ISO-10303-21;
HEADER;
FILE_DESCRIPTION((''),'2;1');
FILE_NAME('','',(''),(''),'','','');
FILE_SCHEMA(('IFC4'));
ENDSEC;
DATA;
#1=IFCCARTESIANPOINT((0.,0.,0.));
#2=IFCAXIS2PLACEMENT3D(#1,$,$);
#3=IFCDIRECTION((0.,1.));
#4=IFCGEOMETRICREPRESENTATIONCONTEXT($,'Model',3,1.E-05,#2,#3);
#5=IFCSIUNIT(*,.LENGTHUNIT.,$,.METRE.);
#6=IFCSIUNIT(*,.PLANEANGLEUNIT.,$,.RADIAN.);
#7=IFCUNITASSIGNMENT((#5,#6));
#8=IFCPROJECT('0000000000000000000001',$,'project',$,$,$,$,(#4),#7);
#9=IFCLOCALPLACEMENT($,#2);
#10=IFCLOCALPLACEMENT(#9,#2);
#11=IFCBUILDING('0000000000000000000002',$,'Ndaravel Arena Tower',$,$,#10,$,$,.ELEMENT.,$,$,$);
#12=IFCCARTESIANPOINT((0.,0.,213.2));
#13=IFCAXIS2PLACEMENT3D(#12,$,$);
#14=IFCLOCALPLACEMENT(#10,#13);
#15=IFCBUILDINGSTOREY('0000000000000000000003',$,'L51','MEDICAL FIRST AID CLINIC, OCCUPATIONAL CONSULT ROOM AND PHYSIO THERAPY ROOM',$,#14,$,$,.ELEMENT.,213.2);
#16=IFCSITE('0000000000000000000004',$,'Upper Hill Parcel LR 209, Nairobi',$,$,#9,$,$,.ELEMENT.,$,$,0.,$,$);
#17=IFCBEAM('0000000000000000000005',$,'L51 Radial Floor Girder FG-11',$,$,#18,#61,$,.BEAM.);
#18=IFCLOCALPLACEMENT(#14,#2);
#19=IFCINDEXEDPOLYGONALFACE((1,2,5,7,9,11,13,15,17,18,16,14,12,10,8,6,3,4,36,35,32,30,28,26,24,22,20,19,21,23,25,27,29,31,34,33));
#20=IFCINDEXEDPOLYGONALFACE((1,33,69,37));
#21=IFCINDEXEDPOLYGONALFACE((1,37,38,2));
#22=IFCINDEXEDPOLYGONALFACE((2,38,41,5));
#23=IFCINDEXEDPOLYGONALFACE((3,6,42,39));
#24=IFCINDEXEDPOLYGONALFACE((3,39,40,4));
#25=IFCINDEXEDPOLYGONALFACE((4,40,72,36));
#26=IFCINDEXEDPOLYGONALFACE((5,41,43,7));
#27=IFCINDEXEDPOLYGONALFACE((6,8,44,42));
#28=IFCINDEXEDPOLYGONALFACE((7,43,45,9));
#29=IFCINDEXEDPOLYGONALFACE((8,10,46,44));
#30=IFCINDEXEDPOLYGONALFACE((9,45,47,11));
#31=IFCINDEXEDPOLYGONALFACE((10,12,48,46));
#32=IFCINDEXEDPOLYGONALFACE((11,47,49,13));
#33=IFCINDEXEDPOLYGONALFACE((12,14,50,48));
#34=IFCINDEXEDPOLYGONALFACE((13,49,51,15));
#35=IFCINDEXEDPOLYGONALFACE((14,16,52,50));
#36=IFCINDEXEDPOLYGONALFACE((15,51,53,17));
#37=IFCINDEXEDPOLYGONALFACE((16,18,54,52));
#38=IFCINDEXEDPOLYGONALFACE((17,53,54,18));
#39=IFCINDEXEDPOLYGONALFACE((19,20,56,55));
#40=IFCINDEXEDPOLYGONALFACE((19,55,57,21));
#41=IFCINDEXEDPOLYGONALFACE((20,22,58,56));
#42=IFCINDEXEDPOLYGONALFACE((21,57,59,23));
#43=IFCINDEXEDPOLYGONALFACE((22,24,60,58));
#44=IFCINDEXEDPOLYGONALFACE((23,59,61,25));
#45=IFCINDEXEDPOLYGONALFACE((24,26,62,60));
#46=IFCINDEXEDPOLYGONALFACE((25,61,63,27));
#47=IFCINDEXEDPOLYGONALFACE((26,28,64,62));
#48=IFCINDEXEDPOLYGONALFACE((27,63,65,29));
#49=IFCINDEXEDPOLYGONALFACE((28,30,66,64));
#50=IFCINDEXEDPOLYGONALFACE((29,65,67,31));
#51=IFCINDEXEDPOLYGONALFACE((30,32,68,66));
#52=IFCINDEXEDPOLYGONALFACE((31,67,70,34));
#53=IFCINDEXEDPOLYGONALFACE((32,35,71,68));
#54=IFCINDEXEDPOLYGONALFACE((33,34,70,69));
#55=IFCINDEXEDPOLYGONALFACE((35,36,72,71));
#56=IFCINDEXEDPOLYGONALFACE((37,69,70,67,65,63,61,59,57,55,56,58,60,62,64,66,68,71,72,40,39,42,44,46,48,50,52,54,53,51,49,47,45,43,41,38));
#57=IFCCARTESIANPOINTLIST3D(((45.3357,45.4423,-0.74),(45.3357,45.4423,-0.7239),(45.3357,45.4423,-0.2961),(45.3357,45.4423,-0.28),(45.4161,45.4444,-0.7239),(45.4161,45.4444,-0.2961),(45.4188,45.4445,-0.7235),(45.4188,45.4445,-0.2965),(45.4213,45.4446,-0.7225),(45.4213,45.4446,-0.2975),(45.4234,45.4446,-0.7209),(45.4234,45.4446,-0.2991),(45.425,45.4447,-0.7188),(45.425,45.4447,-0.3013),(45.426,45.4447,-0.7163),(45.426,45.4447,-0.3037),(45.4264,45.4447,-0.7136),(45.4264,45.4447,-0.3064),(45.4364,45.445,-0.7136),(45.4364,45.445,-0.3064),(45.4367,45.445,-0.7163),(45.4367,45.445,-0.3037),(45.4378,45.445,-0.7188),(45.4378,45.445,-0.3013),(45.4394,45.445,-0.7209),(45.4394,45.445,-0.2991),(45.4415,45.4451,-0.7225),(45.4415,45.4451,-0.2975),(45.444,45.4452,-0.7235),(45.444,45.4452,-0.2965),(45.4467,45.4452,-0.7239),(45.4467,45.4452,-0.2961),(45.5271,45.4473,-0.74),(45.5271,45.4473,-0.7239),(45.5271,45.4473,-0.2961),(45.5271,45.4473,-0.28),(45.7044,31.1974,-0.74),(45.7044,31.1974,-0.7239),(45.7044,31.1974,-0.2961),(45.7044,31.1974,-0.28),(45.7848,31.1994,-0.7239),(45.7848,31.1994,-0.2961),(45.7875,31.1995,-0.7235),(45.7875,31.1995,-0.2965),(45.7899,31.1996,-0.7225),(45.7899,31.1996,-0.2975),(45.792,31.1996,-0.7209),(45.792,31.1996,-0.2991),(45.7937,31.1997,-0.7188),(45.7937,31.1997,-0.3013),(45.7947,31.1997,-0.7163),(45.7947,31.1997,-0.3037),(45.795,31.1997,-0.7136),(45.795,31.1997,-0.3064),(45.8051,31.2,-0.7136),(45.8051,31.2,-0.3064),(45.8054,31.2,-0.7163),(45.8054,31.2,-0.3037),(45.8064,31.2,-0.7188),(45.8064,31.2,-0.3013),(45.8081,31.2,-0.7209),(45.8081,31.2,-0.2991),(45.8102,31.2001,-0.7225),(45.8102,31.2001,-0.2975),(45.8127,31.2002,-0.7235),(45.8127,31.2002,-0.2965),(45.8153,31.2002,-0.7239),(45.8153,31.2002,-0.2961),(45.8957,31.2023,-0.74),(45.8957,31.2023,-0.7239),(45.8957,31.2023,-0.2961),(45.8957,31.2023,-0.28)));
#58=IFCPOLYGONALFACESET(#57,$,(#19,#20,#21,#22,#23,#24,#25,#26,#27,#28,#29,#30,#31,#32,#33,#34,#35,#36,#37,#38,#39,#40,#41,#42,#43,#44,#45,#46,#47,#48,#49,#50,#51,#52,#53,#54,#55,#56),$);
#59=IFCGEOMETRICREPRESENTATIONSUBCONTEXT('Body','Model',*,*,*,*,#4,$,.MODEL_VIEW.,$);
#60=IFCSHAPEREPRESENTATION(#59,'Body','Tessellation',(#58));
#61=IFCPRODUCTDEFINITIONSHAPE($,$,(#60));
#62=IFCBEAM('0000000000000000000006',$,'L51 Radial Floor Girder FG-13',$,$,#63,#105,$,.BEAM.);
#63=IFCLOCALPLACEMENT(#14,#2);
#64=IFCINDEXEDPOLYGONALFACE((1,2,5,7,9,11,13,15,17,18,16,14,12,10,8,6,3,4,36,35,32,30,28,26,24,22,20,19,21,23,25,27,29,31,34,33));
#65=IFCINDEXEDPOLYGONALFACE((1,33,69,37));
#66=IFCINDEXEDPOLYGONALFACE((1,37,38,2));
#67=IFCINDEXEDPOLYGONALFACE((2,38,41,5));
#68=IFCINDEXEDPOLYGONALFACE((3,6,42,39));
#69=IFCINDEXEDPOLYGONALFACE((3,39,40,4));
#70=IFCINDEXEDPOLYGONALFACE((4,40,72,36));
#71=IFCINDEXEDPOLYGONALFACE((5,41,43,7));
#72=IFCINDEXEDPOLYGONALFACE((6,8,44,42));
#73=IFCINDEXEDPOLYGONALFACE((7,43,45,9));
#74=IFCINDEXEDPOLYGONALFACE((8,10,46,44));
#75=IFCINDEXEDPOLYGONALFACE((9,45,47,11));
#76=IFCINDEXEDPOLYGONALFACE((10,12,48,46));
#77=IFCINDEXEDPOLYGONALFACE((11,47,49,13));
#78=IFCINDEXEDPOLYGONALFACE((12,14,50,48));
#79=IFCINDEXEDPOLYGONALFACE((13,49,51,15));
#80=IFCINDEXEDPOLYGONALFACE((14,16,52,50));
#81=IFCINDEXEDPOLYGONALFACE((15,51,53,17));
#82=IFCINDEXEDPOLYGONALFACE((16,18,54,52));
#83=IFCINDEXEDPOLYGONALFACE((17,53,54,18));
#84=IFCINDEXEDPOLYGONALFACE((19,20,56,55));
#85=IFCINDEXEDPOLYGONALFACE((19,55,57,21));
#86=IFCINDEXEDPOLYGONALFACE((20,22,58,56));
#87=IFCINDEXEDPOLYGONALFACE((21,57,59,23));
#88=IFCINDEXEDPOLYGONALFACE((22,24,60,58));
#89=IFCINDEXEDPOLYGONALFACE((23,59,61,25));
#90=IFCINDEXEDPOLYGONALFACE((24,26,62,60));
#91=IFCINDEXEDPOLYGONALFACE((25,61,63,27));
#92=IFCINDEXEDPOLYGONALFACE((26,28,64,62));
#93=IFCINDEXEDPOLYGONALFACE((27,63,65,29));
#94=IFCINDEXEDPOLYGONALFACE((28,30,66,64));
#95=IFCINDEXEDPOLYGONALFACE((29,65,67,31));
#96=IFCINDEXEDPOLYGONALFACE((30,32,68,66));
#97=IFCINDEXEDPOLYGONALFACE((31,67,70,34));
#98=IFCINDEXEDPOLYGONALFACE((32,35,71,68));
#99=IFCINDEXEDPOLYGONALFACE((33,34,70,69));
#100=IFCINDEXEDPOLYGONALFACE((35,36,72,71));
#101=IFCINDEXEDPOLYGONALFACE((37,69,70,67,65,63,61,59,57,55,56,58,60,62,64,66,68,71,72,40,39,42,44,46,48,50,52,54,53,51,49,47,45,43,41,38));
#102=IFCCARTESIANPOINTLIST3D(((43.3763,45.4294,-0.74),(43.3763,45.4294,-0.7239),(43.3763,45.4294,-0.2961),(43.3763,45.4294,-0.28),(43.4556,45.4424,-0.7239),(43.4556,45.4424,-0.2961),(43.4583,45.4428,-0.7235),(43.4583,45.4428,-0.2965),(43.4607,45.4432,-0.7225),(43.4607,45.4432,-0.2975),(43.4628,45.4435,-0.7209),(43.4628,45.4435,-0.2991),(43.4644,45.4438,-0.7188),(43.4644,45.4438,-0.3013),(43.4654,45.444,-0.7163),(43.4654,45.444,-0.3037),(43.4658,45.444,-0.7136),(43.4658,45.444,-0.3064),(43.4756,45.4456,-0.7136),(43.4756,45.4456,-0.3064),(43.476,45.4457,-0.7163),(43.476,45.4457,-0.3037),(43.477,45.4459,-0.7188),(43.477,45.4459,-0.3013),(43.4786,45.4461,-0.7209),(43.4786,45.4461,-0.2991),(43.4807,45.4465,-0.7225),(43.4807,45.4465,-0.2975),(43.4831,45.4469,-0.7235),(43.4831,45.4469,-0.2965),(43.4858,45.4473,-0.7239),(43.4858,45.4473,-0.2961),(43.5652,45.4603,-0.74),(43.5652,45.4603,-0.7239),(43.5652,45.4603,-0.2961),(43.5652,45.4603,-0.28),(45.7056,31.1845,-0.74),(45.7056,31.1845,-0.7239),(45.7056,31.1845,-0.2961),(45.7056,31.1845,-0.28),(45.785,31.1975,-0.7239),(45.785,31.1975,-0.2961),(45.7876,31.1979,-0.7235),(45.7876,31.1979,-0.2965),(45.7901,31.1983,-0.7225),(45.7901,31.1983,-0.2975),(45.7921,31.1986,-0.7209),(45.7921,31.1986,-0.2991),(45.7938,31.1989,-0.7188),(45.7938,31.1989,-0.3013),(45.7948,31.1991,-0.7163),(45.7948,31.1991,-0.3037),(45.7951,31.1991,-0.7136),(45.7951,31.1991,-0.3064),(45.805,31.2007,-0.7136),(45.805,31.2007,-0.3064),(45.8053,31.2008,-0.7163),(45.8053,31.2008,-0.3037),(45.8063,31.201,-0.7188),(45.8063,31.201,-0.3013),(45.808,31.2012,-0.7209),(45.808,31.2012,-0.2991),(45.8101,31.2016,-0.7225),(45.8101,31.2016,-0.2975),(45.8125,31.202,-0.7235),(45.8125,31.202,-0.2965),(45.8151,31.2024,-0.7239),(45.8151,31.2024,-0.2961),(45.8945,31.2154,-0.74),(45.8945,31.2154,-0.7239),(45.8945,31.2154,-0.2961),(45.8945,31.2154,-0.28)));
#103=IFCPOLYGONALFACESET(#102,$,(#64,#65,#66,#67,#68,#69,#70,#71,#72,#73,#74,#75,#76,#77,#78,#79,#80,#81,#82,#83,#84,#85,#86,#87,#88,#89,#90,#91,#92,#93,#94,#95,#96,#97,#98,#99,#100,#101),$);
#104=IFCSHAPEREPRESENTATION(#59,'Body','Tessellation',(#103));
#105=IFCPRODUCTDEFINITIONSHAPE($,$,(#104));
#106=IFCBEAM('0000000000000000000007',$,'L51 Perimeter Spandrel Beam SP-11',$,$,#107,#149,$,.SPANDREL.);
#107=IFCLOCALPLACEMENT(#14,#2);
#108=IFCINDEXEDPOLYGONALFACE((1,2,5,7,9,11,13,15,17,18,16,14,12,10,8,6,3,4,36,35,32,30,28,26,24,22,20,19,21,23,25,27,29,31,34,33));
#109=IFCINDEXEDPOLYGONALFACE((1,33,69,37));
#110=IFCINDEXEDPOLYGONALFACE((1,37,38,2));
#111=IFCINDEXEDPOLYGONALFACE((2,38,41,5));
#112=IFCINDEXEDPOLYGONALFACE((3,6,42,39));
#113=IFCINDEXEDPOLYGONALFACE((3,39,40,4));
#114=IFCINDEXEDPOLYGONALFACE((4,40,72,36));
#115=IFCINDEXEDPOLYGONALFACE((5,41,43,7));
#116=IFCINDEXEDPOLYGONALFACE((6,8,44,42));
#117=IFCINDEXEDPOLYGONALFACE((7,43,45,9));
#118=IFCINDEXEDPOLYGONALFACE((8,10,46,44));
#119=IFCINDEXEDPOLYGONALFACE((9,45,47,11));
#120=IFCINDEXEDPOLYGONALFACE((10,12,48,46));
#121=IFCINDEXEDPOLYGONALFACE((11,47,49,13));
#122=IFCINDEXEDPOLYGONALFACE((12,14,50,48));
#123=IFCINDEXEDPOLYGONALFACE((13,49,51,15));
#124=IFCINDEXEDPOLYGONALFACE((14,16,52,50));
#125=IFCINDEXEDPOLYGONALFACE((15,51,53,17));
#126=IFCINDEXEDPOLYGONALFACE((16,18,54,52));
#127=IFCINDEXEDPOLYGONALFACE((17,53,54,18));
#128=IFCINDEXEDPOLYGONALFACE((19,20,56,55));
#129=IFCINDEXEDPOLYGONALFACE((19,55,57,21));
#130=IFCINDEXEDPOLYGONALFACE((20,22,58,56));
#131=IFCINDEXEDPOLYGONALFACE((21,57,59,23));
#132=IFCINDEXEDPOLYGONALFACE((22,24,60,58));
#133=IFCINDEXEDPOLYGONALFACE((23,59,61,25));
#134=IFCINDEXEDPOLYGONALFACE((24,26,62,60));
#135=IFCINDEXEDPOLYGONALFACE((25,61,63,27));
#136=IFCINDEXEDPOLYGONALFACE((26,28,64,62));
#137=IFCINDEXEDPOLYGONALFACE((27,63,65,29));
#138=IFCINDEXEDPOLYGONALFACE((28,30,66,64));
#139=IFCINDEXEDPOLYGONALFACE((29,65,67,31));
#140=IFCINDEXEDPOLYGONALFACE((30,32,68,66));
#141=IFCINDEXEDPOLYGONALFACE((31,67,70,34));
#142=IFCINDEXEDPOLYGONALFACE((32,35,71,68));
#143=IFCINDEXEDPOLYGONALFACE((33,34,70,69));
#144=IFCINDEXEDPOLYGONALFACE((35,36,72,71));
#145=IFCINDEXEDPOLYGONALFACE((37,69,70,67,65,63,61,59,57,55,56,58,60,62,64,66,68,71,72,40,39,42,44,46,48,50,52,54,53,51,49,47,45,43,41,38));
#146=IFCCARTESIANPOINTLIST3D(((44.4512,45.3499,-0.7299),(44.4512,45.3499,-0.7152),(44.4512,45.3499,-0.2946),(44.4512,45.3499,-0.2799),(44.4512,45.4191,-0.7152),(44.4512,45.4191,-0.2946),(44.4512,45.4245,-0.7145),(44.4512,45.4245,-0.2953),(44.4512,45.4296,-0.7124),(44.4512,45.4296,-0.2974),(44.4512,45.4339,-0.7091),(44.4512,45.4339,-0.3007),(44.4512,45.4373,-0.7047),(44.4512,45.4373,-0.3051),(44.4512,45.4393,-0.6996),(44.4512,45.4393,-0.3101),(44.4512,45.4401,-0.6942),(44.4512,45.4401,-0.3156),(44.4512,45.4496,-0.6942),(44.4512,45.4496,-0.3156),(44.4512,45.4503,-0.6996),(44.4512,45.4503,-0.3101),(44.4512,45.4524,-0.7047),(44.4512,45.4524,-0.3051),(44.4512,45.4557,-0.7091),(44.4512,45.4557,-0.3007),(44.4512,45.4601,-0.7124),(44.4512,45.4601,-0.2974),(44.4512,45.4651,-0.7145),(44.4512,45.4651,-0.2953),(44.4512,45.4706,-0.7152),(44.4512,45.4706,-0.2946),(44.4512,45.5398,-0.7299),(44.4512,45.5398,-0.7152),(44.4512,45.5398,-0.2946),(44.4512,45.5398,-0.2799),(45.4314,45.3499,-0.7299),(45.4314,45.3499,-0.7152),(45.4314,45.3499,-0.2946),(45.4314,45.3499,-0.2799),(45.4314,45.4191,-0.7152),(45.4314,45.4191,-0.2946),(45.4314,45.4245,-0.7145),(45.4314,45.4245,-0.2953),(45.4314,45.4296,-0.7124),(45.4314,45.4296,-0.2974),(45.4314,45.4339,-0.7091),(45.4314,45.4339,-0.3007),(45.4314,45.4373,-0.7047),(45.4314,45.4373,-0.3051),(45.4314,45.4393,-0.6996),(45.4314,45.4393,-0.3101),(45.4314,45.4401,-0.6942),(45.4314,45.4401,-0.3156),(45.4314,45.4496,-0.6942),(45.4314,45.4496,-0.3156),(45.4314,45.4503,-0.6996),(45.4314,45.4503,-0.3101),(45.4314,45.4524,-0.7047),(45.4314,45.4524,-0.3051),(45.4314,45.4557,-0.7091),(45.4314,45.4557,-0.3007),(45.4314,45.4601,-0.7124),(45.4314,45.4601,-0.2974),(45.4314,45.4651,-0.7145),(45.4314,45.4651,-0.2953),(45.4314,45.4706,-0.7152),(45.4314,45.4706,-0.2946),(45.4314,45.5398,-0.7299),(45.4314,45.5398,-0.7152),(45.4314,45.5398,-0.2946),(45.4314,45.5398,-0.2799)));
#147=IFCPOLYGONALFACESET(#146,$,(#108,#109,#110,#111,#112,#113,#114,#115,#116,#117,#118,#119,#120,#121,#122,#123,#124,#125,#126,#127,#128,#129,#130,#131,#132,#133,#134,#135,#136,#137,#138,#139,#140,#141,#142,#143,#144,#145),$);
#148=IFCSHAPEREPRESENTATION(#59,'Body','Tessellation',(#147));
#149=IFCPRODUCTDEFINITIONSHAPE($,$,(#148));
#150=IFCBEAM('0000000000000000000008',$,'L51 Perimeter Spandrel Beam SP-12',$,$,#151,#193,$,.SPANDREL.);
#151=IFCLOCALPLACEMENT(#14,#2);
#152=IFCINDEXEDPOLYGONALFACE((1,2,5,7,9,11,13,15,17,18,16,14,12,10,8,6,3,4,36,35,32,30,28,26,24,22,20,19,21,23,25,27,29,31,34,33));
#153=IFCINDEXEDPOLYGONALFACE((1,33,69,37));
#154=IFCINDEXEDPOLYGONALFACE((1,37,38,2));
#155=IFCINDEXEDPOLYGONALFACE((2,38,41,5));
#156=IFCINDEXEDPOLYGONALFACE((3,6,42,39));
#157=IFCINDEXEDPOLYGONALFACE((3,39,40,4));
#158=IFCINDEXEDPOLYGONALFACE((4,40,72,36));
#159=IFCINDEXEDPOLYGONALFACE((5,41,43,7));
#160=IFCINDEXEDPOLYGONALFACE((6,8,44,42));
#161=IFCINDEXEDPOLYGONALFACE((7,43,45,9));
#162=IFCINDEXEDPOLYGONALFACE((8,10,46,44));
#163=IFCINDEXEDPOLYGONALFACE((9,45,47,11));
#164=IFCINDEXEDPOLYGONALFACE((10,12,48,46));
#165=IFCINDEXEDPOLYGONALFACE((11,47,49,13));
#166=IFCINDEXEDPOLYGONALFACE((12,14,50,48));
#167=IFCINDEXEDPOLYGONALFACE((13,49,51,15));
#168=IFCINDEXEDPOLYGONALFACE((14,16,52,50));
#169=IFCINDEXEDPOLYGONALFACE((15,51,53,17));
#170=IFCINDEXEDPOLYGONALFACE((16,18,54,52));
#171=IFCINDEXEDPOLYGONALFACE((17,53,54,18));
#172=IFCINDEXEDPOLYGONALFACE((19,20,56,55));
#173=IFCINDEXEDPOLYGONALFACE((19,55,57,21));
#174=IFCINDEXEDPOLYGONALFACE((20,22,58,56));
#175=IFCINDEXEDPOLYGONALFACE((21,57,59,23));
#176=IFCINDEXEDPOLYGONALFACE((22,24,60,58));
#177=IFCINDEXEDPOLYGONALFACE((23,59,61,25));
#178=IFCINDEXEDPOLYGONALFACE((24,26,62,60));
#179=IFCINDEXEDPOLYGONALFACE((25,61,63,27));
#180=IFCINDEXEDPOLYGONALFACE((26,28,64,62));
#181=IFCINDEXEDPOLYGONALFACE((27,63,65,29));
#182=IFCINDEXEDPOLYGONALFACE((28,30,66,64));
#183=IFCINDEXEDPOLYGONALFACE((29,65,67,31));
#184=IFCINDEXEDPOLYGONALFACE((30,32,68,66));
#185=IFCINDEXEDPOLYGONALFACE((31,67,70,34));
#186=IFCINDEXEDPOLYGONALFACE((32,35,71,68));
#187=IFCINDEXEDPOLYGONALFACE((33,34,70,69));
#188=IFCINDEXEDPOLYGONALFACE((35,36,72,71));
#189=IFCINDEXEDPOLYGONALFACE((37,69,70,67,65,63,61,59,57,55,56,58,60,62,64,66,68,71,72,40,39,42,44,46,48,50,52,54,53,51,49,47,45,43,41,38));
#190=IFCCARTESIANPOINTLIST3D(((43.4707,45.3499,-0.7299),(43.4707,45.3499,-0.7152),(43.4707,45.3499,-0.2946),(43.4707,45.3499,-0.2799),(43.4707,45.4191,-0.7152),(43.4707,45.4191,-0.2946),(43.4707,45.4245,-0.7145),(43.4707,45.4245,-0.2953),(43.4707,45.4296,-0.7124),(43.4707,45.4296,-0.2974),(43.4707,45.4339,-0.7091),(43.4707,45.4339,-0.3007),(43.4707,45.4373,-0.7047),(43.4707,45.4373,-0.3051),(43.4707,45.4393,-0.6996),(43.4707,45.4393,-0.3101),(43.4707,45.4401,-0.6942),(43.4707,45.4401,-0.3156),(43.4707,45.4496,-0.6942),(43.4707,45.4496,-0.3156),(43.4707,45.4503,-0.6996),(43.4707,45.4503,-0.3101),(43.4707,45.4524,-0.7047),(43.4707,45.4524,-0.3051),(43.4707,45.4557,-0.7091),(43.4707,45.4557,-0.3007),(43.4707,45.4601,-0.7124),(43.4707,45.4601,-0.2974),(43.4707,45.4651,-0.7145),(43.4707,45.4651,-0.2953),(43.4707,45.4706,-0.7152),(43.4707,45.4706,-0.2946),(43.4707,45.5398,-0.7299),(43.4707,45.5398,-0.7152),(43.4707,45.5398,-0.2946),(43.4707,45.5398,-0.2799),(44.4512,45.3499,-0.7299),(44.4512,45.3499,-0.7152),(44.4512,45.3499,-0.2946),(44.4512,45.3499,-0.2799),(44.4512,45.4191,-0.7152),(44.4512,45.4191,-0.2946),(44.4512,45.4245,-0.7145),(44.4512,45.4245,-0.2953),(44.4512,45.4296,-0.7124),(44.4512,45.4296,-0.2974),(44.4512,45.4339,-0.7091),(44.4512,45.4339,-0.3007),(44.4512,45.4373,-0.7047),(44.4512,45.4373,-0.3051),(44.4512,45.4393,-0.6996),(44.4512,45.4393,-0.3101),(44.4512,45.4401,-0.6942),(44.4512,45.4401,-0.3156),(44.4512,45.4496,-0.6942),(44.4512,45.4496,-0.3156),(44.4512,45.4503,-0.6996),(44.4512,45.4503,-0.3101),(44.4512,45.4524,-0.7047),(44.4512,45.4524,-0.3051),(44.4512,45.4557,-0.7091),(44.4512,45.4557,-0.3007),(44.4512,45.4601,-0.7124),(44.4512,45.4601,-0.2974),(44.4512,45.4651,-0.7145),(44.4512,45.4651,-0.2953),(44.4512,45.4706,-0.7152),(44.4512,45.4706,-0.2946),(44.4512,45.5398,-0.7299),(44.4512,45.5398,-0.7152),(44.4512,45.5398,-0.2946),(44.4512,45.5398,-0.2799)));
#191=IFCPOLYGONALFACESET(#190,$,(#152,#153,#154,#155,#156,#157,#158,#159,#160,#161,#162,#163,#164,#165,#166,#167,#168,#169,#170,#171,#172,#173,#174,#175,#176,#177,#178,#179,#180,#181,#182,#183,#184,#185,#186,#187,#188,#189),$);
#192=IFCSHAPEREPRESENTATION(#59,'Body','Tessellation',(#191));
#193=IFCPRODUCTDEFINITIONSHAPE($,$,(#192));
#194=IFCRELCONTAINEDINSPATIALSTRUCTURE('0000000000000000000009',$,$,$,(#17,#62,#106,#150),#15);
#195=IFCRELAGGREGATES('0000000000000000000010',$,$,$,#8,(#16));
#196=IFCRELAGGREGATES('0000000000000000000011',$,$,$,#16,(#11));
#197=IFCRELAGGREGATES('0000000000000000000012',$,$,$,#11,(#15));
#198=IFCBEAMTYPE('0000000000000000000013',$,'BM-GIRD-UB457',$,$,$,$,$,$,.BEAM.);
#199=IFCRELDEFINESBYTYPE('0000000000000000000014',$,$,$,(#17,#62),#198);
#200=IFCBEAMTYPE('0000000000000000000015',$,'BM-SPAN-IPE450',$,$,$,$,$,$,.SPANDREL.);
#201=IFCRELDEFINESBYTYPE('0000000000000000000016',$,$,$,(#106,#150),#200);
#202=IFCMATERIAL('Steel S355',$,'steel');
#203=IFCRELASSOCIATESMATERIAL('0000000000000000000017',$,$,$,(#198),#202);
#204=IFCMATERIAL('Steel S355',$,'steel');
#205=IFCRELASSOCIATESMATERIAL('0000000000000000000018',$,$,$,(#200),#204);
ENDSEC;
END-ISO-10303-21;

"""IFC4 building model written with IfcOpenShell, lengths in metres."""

from ifc_helpers import new_model, si_unit, direction, frame, origin, origin_2d, place, context, subcontext, project, spatial, i_section, extrude, material, material_profile, profile_set, type_object, element, save


model = new_model("IFC4")

# Units and contexts
model_context = context("Model", 3, precision=1e-05, world=origin(), true_north=direction((0.0, 1.0)))
body_context = subcontext(model_context, "Body", "Model", "MODEL_VIEW")
ifc_project = project(units=[si_unit("LENGTHUNIT", "METRE"), si_unit("PLANEANGLEUNIT", "RADIAN")], contexts=[model_context])

# Site, building, storey
site_placement = place(None, origin())
site = spatial("IfcSite", under=ifc_project, at=site_placement, Name="Upper Hill Parcel LR 209, Nairobi", CompositionType="ELEMENT", RefElevation=0.0)
building_placement = place(site_placement, origin())
building = spatial("IfcBuilding", under=site, at=building_placement, Name="Ndaravel Arena Tower", CompositionType="ELEMENT")
storey_placement = place(building_placement, frame((0.0, 0.0, 213.2)))
storey = spatial("IfcBuildingStorey", under=building, at=storey_placement, Name="L51", Description="MEDICAL FIRST AID CLINIC, OCCUPATIONAL CONSULT ROOM AND PHYSIO THERAPY ROOM", CompositionType="ELEMENT", Elevation=213.2)

# Beams
ifc_material_1 = material(Name="Steel S355", Category="steel")
ifc_material_profile_1 = material_profile(ifc_material_1, i_section(OverallWidth=0.1914, OverallDepth=0.46, WebThickness=0.01, FlangeThickness=0.0161, FilletRadius=0.0103, at=origin_2d()), Name="UB 457x191x82")
ifc_profile_set_1 = profile_set([ifc_material_profile_1], Name="Steel S355")
beam_type_1 = type_object("IfcBeamType", Name="BM-GIRD-UB457", PredefinedType="BEAM", material=ifc_profile_set_1)
beam_1_placement = place(storey_placement, frame((45.4314, 45.4448, -0.51), z_axis=(0.025871, -0.999665, 0.0), x_axis=(0.999665, 0.025871, 0.0)))
element("IfcBeam", 1, at=beam_1_placement, inside=storey, type_object=beam_type_1, Name="L51 Radial Floor Girder FG-11", PredefinedType="BEAM", context=body_context, shape_type="SweptSolid", body=[
    extrude(i_section(OverallWidth=0.1914, OverallDepth=0.46, WebThickness=0.01, FlangeThickness=0.0161, FilletRadius=0.0103, at=origin_2d()), origin(), (0.0, 0.0, 1.0), 14.2498),
])
beam_2_placement = place(storey_placement, frame((43.4707, 45.4448, -0.51), z_axis=(0.161378, -0.986893, 0.0), x_axis=(0.986893, 0.161378, 0.0)))
element("IfcBeam", 2, at=beam_2_placement, inside=storey, type_object=beam_type_1, Name="L51 Radial Floor Girder FG-13", PredefinedType="BEAM", context=body_context, shape_type="SweptSolid", body=[
    extrude(i_section(OverallWidth=0.1914, OverallDepth=0.46, WebThickness=0.01, FlangeThickness=0.0161, FilletRadius=0.0103, at=origin_2d()), origin(), (0.0, 0.0, 1.0), 14.4341),
])
ifc_material_2 = material(Name="Steel S355", Category="steel")
ifc_material_profile_2 = material_profile(ifc_material_2, i_section(OverallWidth=0.1899, OverallDepth=0.45, WebThickness=0.0095, FlangeThickness=0.0146, FilletRadius=0.021, at=origin_2d()), Name="IPE 450")
ifc_profile_set_2 = profile_set([ifc_material_profile_2], Name="Steel S355")
beam_type_2 = type_object("IfcBeamType", Name="BM-SPAN-IPE450", PredefinedType="SPANDREL", material=ifc_profile_set_2)
beam_3_placement = place(storey_placement, frame((45.4314, 45.4448, -0.5049), z_axis=(-1.0, 0.0, 0.0), x_axis=(0.0, -1.0, 0.0)))
element("IfcBeam", 3, at=beam_3_placement, inside=storey, type_object=beam_type_2, Name="L51 Perimeter Spandrel Beam SP-11", PredefinedType="SPANDREL", context=body_context, shape_type="SweptSolid", body=[
    extrude(i_section(OverallWidth=0.1899, OverallDepth=0.45, WebThickness=0.0095, FlangeThickness=0.0146, FilletRadius=0.021, at=origin_2d()), origin(), (0.0, 0.0, 1.0), 0.9802),
])
for number, where, z_axis, x_axis, name in (
    (4, (44.4512, 45.4448, -0.5049), (-1.0, 0.0, 0.0), (0.0, -1.0, 0.0), "L51 Perimeter Spandrel Beam SP-12"),
):
    element("IfcBeam", number, at=place(storey_placement, frame(where, z_axis=z_axis, x_axis=x_axis)), inside=storey, type_object=beam_type_2, Name=name, PredefinedType="SPANDREL", context=body_context, shape_type="SweptSolid", body=[
        extrude(i_section(OverallWidth=0.1899, OverallDepth=0.45, WebThickness=0.0095, FlangeThickness=0.0146, FilletRadius=0.021, at=origin_2d()), origin(), (0.0, 0.0, 1.0), 0.9805),
    ])

save(model, "model.ifc")
